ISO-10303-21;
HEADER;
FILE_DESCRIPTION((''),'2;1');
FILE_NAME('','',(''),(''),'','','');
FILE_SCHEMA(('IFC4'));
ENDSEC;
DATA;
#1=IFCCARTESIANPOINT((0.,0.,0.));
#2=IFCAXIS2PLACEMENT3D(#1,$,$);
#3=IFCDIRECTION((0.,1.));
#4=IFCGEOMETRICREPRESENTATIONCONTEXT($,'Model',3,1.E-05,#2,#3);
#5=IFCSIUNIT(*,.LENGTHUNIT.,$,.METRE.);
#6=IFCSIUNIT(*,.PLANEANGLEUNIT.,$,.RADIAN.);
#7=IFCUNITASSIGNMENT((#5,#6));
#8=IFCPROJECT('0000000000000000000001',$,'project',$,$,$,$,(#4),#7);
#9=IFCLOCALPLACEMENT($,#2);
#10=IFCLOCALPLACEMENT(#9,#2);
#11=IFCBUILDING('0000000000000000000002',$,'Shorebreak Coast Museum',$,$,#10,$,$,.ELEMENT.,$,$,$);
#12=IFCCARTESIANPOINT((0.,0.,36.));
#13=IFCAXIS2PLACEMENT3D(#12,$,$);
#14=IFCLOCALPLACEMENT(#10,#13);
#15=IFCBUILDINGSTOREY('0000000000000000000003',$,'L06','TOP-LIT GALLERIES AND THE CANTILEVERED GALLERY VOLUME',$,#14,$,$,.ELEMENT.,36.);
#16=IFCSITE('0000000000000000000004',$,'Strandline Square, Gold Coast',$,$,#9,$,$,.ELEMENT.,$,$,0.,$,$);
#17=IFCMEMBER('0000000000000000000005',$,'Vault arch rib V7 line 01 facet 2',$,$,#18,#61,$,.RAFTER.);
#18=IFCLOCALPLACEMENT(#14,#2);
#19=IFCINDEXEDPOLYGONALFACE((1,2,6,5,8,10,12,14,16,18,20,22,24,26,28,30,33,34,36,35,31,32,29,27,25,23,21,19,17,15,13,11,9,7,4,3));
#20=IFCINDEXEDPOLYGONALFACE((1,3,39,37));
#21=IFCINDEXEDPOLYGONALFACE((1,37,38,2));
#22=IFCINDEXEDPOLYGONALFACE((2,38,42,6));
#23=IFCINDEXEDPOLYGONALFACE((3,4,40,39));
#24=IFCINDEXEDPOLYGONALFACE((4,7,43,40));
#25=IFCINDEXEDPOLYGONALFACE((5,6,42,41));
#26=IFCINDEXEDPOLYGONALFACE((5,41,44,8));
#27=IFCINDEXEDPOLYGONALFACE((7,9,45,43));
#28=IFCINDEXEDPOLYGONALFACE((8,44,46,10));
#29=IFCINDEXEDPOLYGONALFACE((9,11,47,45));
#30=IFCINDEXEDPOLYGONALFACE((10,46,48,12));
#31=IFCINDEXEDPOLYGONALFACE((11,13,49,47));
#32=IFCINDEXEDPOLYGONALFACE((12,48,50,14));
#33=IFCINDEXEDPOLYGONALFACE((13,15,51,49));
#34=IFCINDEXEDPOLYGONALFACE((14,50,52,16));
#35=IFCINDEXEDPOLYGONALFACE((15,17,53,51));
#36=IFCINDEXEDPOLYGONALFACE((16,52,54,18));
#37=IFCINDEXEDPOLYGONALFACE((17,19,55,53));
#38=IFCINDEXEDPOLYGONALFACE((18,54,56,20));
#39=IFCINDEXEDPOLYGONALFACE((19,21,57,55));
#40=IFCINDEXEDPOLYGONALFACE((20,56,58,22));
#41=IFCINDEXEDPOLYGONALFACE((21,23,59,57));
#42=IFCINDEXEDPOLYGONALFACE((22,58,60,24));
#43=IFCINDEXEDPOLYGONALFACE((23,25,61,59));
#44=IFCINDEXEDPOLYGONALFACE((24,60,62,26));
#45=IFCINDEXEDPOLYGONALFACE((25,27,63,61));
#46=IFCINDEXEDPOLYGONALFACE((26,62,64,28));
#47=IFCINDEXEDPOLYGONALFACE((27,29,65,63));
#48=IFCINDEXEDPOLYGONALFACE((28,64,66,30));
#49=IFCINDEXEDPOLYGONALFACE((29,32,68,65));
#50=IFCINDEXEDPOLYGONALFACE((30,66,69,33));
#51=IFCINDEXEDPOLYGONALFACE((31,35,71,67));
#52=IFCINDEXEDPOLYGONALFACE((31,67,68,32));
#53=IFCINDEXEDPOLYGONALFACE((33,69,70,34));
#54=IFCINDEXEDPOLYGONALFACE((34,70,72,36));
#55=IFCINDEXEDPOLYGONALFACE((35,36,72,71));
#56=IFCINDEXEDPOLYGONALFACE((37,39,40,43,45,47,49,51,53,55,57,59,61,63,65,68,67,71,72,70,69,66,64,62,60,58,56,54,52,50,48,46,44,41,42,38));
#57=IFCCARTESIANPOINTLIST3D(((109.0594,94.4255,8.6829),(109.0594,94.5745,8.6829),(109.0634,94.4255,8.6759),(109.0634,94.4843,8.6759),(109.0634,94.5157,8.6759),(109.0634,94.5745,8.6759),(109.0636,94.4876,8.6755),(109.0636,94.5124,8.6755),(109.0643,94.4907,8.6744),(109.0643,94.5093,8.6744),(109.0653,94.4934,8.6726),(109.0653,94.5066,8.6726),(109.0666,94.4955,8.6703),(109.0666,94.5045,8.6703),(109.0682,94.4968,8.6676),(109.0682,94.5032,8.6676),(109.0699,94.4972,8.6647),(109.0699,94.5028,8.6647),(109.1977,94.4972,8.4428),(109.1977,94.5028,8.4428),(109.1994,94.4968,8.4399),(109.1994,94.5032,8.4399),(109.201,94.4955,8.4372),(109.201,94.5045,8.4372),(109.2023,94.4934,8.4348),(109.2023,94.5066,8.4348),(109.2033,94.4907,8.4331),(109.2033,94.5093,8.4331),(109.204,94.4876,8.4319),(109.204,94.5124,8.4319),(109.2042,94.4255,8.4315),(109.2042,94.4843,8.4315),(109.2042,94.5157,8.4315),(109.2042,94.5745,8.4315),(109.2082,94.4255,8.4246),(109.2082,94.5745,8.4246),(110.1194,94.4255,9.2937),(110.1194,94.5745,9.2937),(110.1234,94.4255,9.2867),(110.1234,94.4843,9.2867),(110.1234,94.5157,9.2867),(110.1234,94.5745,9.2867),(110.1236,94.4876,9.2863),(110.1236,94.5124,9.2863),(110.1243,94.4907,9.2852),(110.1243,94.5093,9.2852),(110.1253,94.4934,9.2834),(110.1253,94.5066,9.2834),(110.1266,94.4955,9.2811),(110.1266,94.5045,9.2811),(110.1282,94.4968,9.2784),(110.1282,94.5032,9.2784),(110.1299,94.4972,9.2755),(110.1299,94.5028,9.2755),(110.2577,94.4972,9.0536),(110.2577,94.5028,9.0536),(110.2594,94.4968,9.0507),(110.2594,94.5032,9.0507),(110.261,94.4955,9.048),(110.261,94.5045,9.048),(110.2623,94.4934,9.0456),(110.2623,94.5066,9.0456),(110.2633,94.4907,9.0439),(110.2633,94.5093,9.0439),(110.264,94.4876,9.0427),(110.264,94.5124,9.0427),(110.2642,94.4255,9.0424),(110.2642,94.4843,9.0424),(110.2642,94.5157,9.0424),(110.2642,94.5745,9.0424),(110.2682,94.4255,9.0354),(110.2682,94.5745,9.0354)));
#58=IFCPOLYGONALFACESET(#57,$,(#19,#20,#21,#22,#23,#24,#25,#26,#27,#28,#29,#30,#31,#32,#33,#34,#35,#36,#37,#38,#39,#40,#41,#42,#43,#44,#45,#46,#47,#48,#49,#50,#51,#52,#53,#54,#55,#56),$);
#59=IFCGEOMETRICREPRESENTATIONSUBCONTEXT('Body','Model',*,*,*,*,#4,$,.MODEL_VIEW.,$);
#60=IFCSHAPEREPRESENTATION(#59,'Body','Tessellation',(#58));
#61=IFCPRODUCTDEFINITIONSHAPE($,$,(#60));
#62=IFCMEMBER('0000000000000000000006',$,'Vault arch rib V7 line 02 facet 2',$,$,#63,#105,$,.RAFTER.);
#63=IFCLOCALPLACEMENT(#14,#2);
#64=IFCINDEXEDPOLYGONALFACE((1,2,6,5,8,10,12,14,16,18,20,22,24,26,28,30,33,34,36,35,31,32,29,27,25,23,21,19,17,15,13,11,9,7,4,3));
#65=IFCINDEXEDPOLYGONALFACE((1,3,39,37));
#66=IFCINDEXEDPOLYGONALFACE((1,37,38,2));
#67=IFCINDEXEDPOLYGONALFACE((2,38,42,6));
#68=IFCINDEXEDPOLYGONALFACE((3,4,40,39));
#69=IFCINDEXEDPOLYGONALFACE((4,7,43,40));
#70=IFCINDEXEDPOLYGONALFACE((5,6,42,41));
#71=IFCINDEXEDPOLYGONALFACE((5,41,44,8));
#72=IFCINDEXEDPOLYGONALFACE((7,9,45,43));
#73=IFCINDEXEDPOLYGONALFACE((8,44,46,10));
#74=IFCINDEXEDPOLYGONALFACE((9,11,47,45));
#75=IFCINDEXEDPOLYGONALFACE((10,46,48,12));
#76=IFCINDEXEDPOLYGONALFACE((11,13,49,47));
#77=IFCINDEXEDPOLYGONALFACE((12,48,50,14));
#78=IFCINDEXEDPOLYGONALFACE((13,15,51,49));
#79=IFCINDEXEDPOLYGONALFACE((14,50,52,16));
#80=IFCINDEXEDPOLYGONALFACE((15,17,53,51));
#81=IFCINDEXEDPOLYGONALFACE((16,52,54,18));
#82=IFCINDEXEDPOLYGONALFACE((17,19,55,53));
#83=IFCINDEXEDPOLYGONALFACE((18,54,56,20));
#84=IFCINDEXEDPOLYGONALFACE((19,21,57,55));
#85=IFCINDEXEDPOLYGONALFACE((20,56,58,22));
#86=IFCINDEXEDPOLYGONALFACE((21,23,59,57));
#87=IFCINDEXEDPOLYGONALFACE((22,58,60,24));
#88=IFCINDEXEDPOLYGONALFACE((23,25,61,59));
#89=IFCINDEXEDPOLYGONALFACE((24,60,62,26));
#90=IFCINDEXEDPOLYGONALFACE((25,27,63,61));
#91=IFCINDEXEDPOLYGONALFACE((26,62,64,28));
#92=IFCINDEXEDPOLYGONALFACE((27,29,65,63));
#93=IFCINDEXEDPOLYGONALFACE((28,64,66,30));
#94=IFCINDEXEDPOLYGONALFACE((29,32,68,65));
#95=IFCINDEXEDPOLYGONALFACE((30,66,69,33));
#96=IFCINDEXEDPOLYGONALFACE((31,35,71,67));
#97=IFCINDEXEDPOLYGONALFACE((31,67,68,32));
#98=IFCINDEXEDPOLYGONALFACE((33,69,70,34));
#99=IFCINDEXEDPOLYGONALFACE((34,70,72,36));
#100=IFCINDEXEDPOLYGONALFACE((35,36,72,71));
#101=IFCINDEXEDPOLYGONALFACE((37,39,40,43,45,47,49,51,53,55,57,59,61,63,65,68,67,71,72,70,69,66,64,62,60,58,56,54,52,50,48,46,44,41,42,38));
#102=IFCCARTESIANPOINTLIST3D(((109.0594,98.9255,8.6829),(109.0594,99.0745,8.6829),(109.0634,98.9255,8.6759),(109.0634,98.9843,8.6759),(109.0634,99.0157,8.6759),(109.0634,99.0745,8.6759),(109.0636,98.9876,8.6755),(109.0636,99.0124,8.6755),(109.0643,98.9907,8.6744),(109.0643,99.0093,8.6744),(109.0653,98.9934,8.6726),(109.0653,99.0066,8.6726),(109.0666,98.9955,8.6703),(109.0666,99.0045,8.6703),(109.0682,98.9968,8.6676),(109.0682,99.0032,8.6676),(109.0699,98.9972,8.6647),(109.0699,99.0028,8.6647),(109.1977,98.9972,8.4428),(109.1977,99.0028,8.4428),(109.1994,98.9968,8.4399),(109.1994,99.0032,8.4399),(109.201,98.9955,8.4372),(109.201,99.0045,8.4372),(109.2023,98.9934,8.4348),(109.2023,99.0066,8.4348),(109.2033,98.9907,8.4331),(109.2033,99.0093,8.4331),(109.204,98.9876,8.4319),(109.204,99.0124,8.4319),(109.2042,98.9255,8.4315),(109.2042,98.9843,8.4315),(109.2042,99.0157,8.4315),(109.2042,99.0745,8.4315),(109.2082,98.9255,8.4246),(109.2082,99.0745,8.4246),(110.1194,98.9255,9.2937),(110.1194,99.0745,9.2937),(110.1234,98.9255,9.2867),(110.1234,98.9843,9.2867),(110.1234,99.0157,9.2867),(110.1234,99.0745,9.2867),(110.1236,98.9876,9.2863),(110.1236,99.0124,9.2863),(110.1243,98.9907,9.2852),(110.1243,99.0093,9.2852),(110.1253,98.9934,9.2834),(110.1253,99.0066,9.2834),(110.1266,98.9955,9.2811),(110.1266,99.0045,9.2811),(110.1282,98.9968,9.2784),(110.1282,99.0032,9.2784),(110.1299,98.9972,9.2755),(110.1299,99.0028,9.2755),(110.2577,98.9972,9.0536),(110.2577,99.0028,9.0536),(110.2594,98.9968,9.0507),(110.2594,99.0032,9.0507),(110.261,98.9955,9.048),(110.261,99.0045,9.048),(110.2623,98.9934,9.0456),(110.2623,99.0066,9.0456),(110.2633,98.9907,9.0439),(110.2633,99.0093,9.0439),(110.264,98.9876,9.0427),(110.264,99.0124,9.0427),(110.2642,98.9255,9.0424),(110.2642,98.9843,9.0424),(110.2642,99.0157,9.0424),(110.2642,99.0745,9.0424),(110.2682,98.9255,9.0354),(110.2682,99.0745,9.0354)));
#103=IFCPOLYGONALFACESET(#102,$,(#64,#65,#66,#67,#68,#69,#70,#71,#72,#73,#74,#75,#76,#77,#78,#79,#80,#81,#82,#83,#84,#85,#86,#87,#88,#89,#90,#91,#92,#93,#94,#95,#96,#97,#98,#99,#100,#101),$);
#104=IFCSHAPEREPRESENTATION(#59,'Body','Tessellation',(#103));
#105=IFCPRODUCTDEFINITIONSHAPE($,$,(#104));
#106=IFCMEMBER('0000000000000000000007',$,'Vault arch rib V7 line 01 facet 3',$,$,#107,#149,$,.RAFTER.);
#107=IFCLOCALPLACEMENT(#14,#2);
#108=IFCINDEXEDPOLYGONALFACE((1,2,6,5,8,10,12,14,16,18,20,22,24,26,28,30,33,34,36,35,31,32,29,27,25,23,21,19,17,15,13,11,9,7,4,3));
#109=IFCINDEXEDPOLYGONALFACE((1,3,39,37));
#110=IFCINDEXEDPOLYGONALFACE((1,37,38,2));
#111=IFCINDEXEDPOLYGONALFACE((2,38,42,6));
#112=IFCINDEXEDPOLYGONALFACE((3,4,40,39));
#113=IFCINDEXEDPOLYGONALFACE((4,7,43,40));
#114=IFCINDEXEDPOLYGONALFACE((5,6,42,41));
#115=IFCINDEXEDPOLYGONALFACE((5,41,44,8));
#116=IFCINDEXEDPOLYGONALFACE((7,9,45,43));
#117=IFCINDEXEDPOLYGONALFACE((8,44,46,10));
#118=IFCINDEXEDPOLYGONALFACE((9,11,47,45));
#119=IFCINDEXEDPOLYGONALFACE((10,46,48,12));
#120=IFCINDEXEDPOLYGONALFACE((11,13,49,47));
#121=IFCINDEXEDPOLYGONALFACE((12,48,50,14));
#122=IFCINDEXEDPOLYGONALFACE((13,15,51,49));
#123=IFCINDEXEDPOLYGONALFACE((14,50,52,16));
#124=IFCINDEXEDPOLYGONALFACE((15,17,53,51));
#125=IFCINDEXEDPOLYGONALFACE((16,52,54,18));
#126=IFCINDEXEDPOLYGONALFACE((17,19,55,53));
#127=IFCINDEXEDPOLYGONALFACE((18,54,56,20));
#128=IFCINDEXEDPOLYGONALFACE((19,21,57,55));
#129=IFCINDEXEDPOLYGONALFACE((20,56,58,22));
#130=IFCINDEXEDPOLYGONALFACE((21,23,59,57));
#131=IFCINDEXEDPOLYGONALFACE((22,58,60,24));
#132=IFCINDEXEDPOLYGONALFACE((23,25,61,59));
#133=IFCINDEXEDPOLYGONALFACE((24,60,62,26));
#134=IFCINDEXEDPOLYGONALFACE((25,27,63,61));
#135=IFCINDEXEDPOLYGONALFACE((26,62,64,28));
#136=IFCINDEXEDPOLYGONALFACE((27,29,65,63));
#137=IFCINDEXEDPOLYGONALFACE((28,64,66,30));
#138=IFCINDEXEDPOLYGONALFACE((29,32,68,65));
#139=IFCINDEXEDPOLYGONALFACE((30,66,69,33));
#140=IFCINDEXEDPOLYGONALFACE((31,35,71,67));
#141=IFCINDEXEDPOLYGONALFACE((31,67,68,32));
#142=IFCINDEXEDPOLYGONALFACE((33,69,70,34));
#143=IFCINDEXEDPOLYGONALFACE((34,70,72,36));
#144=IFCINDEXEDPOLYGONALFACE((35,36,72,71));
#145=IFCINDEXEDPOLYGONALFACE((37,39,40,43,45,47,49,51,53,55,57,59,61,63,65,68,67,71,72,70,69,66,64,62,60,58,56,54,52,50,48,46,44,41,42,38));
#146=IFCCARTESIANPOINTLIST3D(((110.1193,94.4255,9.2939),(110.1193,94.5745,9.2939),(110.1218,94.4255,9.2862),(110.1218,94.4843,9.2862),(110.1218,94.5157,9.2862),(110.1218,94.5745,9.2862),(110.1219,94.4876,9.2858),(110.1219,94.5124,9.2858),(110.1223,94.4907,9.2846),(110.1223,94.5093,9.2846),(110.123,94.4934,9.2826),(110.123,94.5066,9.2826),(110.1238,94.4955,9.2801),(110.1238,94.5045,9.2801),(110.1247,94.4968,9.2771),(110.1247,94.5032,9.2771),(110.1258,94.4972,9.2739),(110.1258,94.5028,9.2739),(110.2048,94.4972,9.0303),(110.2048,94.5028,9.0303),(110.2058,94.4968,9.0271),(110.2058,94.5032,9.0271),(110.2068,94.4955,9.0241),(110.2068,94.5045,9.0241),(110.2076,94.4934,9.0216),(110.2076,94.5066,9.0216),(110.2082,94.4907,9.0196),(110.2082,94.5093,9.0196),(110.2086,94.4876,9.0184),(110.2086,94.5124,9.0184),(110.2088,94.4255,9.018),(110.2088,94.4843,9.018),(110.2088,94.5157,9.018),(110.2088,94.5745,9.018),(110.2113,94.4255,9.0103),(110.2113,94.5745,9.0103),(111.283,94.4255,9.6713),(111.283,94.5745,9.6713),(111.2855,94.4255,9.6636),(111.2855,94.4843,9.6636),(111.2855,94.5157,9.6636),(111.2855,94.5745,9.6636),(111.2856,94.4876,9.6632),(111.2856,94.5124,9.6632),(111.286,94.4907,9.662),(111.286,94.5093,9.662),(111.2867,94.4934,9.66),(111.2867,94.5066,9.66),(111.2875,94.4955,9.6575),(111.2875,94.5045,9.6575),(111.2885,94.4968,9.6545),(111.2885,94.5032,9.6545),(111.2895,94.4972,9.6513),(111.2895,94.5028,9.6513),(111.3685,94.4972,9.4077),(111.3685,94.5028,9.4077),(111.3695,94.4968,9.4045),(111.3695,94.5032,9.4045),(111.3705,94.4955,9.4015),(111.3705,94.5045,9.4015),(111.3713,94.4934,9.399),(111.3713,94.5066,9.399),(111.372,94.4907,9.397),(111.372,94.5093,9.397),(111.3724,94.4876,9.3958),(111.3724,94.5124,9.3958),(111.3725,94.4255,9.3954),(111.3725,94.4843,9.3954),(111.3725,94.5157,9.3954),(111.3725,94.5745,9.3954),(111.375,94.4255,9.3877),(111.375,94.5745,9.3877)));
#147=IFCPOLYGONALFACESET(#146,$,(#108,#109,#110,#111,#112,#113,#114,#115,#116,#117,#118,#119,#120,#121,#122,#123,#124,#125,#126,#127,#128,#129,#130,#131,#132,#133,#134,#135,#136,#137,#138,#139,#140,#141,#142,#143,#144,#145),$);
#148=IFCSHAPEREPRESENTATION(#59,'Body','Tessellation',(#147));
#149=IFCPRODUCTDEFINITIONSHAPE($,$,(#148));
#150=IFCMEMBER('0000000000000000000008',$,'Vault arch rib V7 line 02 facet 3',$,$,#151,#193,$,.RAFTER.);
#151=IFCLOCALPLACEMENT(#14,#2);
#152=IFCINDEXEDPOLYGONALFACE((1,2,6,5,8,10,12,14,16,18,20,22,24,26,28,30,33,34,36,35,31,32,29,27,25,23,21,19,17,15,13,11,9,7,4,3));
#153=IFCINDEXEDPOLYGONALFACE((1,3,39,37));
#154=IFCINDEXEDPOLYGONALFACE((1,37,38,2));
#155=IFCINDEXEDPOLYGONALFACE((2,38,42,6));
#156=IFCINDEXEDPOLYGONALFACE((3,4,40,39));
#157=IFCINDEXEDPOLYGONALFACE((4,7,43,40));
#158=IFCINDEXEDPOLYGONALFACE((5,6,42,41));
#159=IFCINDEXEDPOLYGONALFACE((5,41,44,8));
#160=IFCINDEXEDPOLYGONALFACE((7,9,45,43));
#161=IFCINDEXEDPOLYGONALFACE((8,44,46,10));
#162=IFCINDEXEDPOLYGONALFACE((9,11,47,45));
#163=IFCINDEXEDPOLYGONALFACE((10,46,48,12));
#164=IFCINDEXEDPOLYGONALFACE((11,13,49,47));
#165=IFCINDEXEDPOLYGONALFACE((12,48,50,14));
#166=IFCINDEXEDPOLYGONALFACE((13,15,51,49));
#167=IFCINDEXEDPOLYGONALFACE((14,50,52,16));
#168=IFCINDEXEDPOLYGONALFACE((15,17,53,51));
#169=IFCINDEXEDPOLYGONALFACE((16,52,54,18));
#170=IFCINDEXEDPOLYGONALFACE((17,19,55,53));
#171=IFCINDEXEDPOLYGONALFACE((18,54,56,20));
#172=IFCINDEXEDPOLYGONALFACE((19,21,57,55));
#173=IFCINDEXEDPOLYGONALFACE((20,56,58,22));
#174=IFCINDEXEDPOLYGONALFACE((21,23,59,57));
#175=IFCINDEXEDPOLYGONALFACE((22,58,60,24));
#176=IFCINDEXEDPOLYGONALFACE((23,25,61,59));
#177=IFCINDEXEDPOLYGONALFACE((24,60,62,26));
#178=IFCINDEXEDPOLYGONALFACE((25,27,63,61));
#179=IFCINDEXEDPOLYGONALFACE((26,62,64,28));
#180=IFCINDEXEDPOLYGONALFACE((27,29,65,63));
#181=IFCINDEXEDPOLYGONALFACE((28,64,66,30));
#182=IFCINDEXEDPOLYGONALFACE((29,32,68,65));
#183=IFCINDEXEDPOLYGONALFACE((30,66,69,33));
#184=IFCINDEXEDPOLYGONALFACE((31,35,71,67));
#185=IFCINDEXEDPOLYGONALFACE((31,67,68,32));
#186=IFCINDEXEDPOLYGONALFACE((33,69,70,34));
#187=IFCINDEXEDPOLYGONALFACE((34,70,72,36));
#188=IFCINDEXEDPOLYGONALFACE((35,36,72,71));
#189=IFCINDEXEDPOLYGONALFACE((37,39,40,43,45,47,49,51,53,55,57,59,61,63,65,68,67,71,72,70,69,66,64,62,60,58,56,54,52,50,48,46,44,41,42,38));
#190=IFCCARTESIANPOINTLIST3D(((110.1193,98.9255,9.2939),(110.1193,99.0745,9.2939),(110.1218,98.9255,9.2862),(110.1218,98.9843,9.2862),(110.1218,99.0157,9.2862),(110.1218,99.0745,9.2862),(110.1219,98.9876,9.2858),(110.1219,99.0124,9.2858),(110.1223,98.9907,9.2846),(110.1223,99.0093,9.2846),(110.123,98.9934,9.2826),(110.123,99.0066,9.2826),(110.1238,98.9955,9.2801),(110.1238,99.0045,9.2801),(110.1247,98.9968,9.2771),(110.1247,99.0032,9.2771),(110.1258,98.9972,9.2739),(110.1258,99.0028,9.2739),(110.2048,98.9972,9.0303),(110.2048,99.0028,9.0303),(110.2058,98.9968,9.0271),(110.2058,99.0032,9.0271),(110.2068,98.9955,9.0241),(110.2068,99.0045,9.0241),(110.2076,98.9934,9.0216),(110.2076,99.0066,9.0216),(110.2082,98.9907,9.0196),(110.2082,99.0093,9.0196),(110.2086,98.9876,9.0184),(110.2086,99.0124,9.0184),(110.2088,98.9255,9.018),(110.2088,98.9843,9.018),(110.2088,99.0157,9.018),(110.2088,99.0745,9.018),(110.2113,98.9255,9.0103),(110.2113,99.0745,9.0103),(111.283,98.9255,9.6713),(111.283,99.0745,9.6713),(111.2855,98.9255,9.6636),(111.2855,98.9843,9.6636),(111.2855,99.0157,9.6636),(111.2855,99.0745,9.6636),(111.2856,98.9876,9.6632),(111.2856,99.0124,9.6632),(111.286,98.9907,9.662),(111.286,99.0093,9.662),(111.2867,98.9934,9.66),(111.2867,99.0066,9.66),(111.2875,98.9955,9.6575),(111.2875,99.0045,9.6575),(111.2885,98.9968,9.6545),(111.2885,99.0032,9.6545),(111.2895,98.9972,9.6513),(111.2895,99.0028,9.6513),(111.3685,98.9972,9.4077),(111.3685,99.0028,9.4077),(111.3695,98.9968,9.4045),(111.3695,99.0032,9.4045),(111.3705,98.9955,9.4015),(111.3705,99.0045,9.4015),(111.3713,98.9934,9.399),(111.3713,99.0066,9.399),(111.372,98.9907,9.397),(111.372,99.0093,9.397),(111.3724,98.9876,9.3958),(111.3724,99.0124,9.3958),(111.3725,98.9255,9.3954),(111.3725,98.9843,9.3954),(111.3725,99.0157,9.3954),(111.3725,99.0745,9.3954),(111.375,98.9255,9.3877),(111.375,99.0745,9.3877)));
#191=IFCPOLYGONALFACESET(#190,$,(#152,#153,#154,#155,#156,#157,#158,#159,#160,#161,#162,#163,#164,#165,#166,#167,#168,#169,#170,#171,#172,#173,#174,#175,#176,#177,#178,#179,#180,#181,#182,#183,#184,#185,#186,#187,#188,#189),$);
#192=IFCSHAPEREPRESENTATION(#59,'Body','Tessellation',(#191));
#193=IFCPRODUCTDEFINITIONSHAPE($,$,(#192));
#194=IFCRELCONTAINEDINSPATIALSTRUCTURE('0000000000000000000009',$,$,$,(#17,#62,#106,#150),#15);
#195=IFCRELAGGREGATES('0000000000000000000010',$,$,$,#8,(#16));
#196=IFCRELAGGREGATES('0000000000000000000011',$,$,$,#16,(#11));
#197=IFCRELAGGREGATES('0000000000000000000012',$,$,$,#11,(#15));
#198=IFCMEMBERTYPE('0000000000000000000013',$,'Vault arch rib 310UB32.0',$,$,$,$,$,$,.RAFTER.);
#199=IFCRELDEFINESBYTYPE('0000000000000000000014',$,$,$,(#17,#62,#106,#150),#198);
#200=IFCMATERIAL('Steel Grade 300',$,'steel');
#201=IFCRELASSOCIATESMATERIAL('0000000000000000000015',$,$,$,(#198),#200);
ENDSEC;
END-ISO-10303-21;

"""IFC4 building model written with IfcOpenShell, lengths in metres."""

from ifc_helpers import new_model, si_unit, direction, frame, origin, origin_2d, place, context, subcontext, project, spatial, i_section, extrude, material, material_profile, profile_set, type_object, element, save


model = new_model("IFC4")

# Units and contexts
model_context = context("Model", 3, precision=1e-05, world=origin(), true_north=direction((0.0, 1.0)))
body_context = subcontext(model_context, "Body", "Model", "MODEL_VIEW")
ifc_project = project(units=[si_unit("LENGTHUNIT", "METRE"), si_unit("PLANEANGLEUNIT", "RADIAN")], contexts=[model_context])

# Site, building, storey
site_placement = place(None, origin())
site = spatial("IfcSite", under=ifc_project, at=site_placement, Name="Strandline Square, Gold Coast", CompositionType="ELEMENT", RefElevation=0.0)
building_placement = place(site_placement, origin())
building = spatial("IfcBuilding", under=site, at=building_placement, Name="Shorebreak Coast Museum", CompositionType="ELEMENT")
storey_placement = place(building_placement, frame((0.0, 0.0, 36.0)))
storey = spatial("IfcBuildingStorey", under=building, at=storey_placement, Name="L06", Description="TOP-LIT GALLERIES AND THE CANTILEVERED GALLERY VOLUME", CompositionType="ELEMENT", Elevation=36.0)

# Members
ifc_material_1 = material(Name="Steel Grade 300", Category="steel")
ifc_material_profile_1 = material_profile(ifc_material_1, i_section(OverallWidth=0.1489, OverallDepth=0.2981, WebThickness=0.0056, FlangeThickness=0.0081, FilletRadius=0.0129, at=origin_2d()), Name="310UB32.0")
ifc_profile_set_1 = profile_set([ifc_material_profile_1], Name="Steel Grade 300")
member_type_1 = type_object("IfcMemberType", Name="Vault arch rib 310UB32.0", PredefinedType="RAFTER", material=ifc_profile_set_1)
for number, where, z_axis, x_axis, name in (
    (1, (109.1338, 94.5, 8.5537), (0.866445, 0.0, 0.499273), (0.0, 1.0, 0.0), "Vault arch rib V7 line 01 facet 2"),
    (2, (109.1338, 99.0, 8.5537), (0.866445, 0.0, 0.499273), (0.0, 1.0, 0.0), "Vault arch rib V7 line 02 facet 2"),
    (3, (110.1653, 94.5, 9.1521), (0.951226, 0.0, 0.308495), (0.0, 1.0, 0.0), "Vault arch rib V7 line 01 facet 3"),
    (4, (110.1653, 99.0, 9.1521), (0.951226, 0.0, 0.308495), (0.0, 1.0, 0.0), "Vault arch rib V7 line 02 facet 3"),
):
    element("IfcMember", number, at=place(storey_placement, frame(where, z_axis=z_axis, x_axis=x_axis)), inside=storey, type_object=member_type_1, Name=name, PredefinedType="RAFTER", context=body_context, shape_type="SweptSolid", body=[
        extrude(i_section(OverallWidth=0.1489, OverallDepth=0.2981, WebThickness=0.0056, FlangeThickness=0.0081, FilletRadius=0.0129, at=origin_2d()), origin(), (0.0, 0.0, 1.0), 1.2234),
    ])

save(model, "model.ifc")
